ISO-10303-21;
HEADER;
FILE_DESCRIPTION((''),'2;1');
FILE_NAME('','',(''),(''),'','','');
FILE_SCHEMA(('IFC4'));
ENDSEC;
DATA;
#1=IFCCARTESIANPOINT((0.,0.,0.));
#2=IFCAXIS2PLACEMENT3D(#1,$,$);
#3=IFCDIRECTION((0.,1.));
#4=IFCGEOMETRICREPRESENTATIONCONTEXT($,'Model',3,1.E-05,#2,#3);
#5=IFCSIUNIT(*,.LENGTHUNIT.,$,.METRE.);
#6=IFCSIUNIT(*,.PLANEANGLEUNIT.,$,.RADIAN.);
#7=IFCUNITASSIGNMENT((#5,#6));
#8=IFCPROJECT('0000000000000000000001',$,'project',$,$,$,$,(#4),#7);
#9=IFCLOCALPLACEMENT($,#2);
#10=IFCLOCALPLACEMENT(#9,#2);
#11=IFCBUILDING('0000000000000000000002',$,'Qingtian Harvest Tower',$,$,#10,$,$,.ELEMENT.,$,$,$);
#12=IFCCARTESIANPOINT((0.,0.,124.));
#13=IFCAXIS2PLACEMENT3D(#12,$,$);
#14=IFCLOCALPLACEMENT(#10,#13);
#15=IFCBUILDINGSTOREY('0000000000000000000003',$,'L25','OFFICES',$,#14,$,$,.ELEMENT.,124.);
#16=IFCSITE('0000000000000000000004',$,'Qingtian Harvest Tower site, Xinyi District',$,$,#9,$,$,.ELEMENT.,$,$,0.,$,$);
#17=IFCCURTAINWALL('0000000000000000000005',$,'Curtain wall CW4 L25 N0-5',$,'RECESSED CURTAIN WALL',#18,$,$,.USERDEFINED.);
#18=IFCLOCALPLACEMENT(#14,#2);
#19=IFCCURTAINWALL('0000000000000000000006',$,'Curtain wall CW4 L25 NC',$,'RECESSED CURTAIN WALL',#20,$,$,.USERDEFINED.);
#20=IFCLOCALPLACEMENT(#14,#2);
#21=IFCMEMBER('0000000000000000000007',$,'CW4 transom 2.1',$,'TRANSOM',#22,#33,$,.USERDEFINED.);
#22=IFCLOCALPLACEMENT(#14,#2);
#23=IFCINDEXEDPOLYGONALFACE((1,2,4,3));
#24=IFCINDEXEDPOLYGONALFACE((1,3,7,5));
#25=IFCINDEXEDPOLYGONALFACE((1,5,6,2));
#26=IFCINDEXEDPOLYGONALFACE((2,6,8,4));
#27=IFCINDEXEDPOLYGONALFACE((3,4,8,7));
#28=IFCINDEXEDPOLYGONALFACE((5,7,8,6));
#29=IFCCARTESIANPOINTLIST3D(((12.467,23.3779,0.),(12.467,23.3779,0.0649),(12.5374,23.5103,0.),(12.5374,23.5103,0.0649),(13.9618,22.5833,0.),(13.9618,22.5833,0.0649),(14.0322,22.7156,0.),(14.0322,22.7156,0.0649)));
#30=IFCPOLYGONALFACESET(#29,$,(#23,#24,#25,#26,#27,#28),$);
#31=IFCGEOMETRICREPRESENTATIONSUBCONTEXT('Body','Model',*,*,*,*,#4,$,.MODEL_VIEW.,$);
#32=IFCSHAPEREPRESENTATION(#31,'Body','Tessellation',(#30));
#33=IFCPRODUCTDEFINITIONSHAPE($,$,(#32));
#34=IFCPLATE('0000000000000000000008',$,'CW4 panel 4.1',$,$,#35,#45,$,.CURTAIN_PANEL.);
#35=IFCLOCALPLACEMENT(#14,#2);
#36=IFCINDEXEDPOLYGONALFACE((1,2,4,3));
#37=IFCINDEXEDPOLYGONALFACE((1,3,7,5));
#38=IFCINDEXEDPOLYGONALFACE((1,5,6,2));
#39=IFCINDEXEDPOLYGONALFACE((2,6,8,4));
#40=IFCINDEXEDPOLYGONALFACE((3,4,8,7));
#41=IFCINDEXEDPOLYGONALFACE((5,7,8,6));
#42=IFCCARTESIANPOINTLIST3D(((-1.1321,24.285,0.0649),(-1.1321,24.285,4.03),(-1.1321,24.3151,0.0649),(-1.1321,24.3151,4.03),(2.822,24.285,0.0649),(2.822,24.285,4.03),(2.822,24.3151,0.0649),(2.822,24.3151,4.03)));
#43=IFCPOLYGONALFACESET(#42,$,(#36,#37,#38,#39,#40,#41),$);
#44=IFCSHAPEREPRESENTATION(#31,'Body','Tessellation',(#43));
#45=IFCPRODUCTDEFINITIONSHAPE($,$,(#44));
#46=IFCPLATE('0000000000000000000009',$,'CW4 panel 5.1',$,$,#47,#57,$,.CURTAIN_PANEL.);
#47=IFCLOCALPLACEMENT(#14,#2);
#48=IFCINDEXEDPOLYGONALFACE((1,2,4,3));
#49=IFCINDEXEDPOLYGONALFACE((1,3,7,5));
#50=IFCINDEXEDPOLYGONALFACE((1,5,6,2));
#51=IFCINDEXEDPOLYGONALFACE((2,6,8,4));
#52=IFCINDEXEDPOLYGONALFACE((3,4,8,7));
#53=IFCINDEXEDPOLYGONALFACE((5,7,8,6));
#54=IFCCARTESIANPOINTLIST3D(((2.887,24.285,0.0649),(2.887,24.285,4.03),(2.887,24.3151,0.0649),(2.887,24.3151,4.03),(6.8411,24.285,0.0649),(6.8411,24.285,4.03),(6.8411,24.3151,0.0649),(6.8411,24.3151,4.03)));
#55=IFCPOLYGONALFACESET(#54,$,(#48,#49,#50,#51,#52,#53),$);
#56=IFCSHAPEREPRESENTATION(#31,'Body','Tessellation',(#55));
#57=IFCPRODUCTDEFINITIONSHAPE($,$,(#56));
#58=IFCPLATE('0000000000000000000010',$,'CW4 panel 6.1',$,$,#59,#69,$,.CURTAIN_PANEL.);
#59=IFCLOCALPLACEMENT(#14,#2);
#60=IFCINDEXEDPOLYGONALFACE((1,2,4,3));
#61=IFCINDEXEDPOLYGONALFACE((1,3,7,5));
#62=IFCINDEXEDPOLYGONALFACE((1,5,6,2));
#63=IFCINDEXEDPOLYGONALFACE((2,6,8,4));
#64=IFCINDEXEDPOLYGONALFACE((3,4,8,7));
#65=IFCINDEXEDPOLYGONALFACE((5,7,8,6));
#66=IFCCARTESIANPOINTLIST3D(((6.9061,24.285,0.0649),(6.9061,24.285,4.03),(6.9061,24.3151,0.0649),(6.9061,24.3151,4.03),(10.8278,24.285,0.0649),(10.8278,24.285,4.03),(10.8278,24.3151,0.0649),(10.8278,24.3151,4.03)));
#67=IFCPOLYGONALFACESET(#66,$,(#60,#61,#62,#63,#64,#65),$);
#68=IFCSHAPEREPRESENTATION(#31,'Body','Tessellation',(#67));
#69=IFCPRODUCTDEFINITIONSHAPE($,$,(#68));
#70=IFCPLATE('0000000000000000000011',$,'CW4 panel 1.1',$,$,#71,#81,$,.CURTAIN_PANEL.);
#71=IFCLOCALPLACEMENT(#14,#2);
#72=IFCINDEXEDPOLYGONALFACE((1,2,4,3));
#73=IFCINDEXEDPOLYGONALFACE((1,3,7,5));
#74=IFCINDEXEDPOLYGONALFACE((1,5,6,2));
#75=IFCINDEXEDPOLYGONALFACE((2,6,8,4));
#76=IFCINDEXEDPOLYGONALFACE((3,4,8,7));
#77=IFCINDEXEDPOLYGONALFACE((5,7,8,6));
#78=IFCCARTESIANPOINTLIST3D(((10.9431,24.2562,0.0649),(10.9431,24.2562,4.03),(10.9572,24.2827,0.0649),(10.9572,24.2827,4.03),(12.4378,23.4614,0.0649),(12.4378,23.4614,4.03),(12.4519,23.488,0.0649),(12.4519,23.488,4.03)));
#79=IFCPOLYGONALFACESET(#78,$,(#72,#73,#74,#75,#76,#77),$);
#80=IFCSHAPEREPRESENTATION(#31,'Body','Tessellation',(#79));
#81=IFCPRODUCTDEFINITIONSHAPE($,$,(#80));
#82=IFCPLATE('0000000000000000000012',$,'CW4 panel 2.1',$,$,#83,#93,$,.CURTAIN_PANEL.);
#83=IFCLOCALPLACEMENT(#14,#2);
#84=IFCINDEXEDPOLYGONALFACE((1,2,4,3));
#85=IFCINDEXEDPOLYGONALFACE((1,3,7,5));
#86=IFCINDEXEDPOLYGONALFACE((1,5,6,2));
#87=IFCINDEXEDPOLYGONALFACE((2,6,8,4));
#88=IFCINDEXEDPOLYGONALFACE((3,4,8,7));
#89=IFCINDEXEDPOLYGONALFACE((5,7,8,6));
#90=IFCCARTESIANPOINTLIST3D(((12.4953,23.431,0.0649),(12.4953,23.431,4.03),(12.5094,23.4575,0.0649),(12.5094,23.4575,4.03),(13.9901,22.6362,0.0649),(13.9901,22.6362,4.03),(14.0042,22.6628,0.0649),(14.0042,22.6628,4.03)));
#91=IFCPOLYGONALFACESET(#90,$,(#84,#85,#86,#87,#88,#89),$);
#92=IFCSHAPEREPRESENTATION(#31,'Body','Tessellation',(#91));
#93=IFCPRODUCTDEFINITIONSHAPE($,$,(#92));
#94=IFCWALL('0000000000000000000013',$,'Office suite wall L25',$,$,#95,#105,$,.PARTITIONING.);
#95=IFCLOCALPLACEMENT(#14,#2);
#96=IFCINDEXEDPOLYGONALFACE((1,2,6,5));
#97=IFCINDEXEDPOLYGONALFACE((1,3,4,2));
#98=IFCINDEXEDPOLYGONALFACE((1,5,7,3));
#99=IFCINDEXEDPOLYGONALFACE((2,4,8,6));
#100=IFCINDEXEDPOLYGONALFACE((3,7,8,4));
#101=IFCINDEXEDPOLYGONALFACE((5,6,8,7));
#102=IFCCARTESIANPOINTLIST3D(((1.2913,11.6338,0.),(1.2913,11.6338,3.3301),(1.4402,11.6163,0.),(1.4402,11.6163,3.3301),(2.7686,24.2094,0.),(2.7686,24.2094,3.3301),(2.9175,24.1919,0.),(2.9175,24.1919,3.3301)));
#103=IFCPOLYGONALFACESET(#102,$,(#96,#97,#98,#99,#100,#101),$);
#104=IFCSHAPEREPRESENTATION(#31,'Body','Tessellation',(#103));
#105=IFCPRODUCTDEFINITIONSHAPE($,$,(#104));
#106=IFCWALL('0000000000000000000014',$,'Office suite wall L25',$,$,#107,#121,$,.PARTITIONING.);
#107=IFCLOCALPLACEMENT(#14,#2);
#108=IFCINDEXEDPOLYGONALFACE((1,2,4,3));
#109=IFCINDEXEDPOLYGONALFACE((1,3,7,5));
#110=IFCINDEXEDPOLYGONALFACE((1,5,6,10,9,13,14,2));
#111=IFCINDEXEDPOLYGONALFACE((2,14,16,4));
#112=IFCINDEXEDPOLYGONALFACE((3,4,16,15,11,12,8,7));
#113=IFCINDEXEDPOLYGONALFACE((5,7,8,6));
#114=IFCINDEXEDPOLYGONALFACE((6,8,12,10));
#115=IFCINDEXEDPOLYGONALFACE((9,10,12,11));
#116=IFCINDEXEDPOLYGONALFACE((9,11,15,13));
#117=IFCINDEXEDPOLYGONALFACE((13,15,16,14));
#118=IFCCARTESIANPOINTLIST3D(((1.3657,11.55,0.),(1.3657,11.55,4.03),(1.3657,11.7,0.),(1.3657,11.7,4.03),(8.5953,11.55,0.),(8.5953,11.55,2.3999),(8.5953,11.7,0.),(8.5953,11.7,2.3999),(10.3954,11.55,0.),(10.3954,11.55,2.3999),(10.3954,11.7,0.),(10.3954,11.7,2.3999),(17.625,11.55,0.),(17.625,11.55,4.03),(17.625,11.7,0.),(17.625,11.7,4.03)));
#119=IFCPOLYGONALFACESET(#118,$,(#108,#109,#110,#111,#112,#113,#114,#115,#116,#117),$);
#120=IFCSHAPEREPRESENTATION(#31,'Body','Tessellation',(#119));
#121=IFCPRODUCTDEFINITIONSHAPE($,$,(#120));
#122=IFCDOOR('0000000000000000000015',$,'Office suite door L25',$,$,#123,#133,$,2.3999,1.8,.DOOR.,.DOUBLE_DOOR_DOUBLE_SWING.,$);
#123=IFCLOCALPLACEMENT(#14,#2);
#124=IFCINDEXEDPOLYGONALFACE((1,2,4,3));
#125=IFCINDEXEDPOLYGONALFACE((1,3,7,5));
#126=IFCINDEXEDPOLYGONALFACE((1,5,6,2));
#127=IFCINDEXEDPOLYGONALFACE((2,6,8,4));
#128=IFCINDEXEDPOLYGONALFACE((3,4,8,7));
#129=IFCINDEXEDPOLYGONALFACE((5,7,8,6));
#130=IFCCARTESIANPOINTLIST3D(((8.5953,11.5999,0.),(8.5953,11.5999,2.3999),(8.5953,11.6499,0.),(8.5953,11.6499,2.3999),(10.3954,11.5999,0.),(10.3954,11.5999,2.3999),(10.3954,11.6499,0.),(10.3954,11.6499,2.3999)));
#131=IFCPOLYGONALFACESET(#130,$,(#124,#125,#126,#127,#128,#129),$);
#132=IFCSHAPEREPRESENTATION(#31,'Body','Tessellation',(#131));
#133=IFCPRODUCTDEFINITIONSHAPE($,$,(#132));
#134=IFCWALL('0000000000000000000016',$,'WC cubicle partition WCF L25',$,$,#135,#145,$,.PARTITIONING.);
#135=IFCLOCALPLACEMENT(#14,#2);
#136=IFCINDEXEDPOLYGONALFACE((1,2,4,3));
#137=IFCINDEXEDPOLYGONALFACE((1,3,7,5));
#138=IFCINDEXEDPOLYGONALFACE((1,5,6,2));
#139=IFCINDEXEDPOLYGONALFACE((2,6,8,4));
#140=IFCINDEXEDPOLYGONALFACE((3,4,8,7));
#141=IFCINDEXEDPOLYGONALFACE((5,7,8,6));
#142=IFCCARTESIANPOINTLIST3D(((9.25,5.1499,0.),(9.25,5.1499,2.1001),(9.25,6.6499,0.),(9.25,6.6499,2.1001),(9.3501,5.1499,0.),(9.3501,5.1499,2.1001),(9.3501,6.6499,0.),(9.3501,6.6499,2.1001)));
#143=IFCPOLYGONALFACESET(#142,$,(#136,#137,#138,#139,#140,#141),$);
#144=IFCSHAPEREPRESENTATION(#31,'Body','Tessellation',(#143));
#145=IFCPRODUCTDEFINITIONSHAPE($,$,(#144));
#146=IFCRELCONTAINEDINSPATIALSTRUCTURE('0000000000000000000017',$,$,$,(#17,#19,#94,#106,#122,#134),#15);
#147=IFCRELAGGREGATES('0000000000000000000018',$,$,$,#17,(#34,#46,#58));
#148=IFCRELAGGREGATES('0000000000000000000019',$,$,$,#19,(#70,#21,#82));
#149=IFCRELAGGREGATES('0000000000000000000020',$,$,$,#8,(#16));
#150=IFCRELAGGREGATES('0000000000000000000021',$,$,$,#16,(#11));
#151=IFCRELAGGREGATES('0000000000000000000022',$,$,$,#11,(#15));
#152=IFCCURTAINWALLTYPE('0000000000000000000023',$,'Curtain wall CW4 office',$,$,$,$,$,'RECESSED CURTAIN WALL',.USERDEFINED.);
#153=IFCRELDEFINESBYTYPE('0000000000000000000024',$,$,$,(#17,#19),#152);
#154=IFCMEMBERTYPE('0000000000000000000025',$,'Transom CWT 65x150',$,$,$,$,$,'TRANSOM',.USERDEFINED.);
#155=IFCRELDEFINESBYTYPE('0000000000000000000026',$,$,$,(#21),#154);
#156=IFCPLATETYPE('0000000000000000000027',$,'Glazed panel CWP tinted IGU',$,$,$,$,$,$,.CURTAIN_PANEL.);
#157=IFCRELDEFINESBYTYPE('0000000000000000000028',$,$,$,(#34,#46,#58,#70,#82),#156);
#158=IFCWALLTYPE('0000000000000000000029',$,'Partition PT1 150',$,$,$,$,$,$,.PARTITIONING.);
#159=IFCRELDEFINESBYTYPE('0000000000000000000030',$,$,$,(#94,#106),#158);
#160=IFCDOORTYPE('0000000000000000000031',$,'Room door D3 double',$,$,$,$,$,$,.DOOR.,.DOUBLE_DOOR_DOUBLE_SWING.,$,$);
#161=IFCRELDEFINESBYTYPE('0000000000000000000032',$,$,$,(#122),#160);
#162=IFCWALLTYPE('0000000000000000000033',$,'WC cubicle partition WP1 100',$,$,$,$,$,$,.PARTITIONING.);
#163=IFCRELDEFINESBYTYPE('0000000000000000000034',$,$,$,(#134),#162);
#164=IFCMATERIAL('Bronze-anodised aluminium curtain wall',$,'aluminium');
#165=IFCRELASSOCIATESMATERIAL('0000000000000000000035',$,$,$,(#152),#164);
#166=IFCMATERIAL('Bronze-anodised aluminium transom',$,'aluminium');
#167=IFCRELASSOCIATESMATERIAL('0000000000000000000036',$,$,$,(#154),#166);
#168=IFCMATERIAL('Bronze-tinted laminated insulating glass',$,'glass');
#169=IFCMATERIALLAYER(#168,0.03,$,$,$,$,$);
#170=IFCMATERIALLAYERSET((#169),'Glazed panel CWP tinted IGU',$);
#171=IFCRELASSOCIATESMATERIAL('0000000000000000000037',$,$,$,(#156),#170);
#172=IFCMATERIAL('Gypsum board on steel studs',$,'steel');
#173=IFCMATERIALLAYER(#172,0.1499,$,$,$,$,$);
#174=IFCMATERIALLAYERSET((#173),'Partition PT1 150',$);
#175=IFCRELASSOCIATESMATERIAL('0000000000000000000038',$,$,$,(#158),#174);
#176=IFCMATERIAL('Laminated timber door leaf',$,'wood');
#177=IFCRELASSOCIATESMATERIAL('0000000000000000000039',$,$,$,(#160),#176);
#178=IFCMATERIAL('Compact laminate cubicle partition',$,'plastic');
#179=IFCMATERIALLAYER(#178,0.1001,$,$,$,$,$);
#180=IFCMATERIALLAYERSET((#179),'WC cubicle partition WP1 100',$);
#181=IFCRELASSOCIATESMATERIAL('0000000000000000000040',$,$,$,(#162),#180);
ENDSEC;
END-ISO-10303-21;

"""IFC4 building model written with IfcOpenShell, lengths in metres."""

from ifc_helpers import new_model, si_unit, direction, frame, frame_2d, origin, origin_2d, place, context, subcontext, project, spatial, rectangle, extrude, material, layer, layer_set, material_profile, profile_set, type_object, element, fill, aggregate, save


model = new_model("IFC4")

# Units and contexts
model_context = context("Model", 3, precision=1e-05, world=origin(), true_north=direction((0.0, 1.0)))
body_context = subcontext(model_context, "Body", "Model", "MODEL_VIEW")
ifc_project = project(units=[si_unit("LENGTHUNIT", "METRE"), si_unit("PLANEANGLEUNIT", "RADIAN")], contexts=[model_context])

# Site, building, storey
site_placement = place(None, origin())
site = spatial("IfcSite", under=ifc_project, at=site_placement, Name="Qingtian Harvest Tower site, Xinyi District", CompositionType="ELEMENT", RefElevation=0.0)
building_placement = place(site_placement, origin())
building = spatial("IfcBuilding", under=site, at=building_placement, Name="Qingtian Harvest Tower", CompositionType="ELEMENT")
storey_placement = place(building_placement, frame((0.0, 0.0, 124.0)))
storey = spatial("IfcBuildingStorey", under=building, at=storey_placement, Name="L25", Description="OFFICES", CompositionType="ELEMENT", Elevation=124.0)

# Curtain walls
ifc_material_1 = material(Name="Bronze-anodised aluminium curtain wall", Category="aluminium")
curtain_wall_type = type_object("IfcCurtainWallType", Name="Curtain wall CW4 office", ElementType="RECESSED CURTAIN WALL", PredefinedType="USERDEFINED", material=ifc_material_1)
curtain_wall_1_placement = place(storey_placement, origin())
curtain_wall_1 = element("IfcCurtainWall", 1, at=curtain_wall_1_placement, inside=storey, type_object=curtain_wall_type, Name="Curtain wall CW4 L25 N0-5", ObjectType="RECESSED CURTAIN WALL", PredefinedType="USERDEFINED")
curtain_wall_2_placement = place(storey_placement, origin())
curtain_wall_2 = element("IfcCurtainWall", 2, at=curtain_wall_2_placement, inside=storey, type_object=curtain_wall_type, Name="Curtain wall CW4 L25 NC", ObjectType="RECESSED CURTAIN WALL", PredefinedType="USERDEFINED")

# Member
ifc_material_2 = material(Name="Bronze-anodised aluminium transom", Category="aluminium")
ifc_material_profile_1 = material_profile(ifc_material_2, rectangle(XDim=0.1499, YDim=0.0649, at=origin_2d()), Name="AL 65x150")
ifc_profile_set_1 = profile_set([ifc_material_profile_1], Name="Bronze-anodised aluminium transom")
member_type_1 = type_object("IfcMemberType", Name="Transom CWT 65x150", ElementType="TRANSOM", PredefinedType="USERDEFINED", material=ifc_profile_set_1)
member_1_placement = place(storey_placement, frame((12.5022, 23.4441, 0.0325), z_axis=(0.882987, -0.469398, 0.0), x_axis=(0.469398, 0.882987, 0.0)))
member_1 = element("IfcMember", 3, at=member_1_placement, type_object=member_type_1, Name="CW4 transom 2.1", ObjectType="TRANSOM", PredefinedType="USERDEFINED", context=body_context, shape_type="SweptSolid", body=[
    extrude(rectangle(XDim=0.1499, YDim=0.0649, at=origin_2d()), origin(), (0.0, 0.0, 1.0), 1.6929),
])

# Plates
ifc_material_3 = material(Name="Bronze-tinted laminated insulating glass", Category="glass")
ifc_layer_1 = layer(ifc_material_3, 0.03)
ifc_layer_set_1 = layer_set([ifc_layer_1], Name="Glazed panel CWP tinted IGU")
plate_type = type_object("IfcPlateType", Name="Glazed panel CWP tinted IGU", PredefinedType="CURTAIN_PANEL", material=ifc_layer_set_1)
plate_1_placement = place(storey_placement, frame((0.845, 24.3, 0.0649), z_axis=(0.0, 0.0, 1.0), x_axis=(1.0, 0.0, 0.0)))
plate_1 = element("IfcPlate", 4, at=plate_1_placement, type_object=plate_type, Name="CW4 panel 4.1", PredefinedType="CURTAIN_PANEL", context=body_context, shape_type="SweptSolid", body=[
    extrude(rectangle(XDim=3.9541, YDim=0.03, at=origin_2d()), origin(), (0.0, 0.0, 1.0), 3.9651),
])
plate_2_placement = place(storey_placement, frame((4.864, 24.3, 0.0649), z_axis=(0.0, 0.0, 1.0), x_axis=(1.0, 0.0, 0.0)))
plate_2 = element("IfcPlate", 5, at=plate_2_placement, type_object=plate_type, Name="CW4 panel 5.1", PredefinedType="CURTAIN_PANEL", context=body_context, shape_type="SweptSolid", body=[
    extrude(rectangle(XDim=3.9541, YDim=0.03, at=origin_2d()), origin(), (0.0, 0.0, 1.0), 3.9651),
])
plate_3_placement = place(storey_placement, frame((8.8669, 24.3, 0.0649), z_axis=(0.0, 0.0, 1.0), x_axis=(1.0, 0.0, 0.0)))
plate_3 = element("IfcPlate", 6, at=plate_3_placement, type_object=plate_type, Name="CW4 panel 6.1", PredefinedType="CURTAIN_PANEL", context=body_context, shape_type="SweptSolid", body=[
    extrude(rectangle(XDim=3.9216, YDim=0.03, at=origin_2d()), origin(), (0.0, 0.0, 1.0), 3.9651),
])
aggregate(curtain_wall_1, [plate_1, plate_2, plate_3])
plate_4_placement = place(storey_placement, frame((11.6975, 23.8721, 0.0649), z_axis=(0.0, 0.0, 1.0), x_axis=(0.882948, -0.469472, 0.0)))
plate_4 = element("IfcPlate", 7, at=plate_4_placement, type_object=plate_type, Name="CW4 panel 1.1", PredefinedType="CURTAIN_PANEL", context=body_context, shape_type="SweptSolid", body=[
    extrude(rectangle(XDim=1.6929, YDim=0.03, at=origin_2d()), origin(), (0.0, 0.0, 1.0), 3.9651),
])
plate_5_placement = place(storey_placement, frame((13.2498, 23.0469, 0.0649), z_axis=(0.0, 0.0, 1.0), x_axis=(0.882948, -0.469472, 0.0)))
plate_5 = element("IfcPlate", 8, at=plate_5_placement, type_object=plate_type, Name="CW4 panel 2.1", PredefinedType="CURTAIN_PANEL", context=body_context, shape_type="SweptSolid", body=[
    extrude(rectangle(XDim=1.6929, YDim=0.03, at=origin_2d()), origin(), (0.0, 0.0, 1.0), 3.9651),
])
aggregate(curtain_wall_2, [plate_4, member_1, plate_5])

# Wall
ifc_material_4 = material(Name="Gypsum board on steel studs", Category="steel")
ifc_layer_2 = layer(ifc_material_4, 0.1499)
ifc_layer_set_2 = layer_set([ifc_layer_2], Name="Partition PT1 150")
wall_type_1 = type_object("IfcWallType", Name="Partition PT1 150", PredefinedType="PARTITIONING", material=ifc_layer_set_2)
wall_1_placement = place(storey_placement, frame((2.843, 24.2007, 0.0), z_axis=(0.0, 0.0, 1.0), x_axis=(-0.11667, -0.993171, 0.0)))
element("IfcWall", 9, at=wall_1_placement, inside=storey, type_object=wall_type_1, Name="Office suite wall L25", PredefinedType="PARTITIONING", context=body_context, shape_type="SweptSolid", body=[
    extrude(rectangle(XDim=12.6621, YDim=0.1499, at=frame_2d((6.3311, 0.0))), origin(), (0.0, 0.0, 1.0), 3.3301),
])

# Wall, opening, door
wall_2_placement = place(storey_placement, frame((1.3657, 11.625, 0.0), z_axis=(0.0, 0.0, 1.0), x_axis=(1.0, 0.0, 0.0)))
wall_2 = element("IfcWall", 10, at=wall_2_placement, inside=storey, type_object=wall_type_1, Name="Office suite wall L25", PredefinedType="PARTITIONING", context=body_context, shape_type="SweptSolid", body=[
    extrude(rectangle(XDim=16.2593, YDim=0.1499, at=frame_2d((8.1296, 0.0))), origin(), (0.0, 0.0, 1.0), 4.03),
])
opening_placement = place(wall_2_placement, frame((7.2297, 0.0, 0.0)))
opening = element("IfcOpeningElement", 11, at=opening_placement, cuts=wall_2, PredefinedType="OPENING", context=body_context, shape_type="SweptSolid", body=[
    extrude(rectangle(XDim=1.8, YDim=2.3999, at=frame_2d((0.8999, 1.2))), frame((0.0, 0.085, 0.0), z_axis=(0.0, -1.0, 0.0), x_axis=(1.0, 0.0, 0.0)), (0.0, 0.0, 1.0), 0.1699),
])
ifc_material_5 = material(Name="Laminated timber door leaf", Category="wood")
door_type = type_object("IfcDoorType", Name="Room door D3 double", OperationType="DOUBLE_DOOR_DOUBLE_SWING", PredefinedType="DOOR", material=ifc_material_5)
door_placement = place(opening_placement, origin())
door = element("IfcDoor", 12, at=door_placement, inside=storey, type_object=door_type, Name="Office suite door L25", OperationType="DOUBLE_DOOR_DOUBLE_SWING", OverallHeight=2.3999, OverallWidth=1.8, PredefinedType="DOOR", context=body_context, shape_type="SweptSolid", body=[
    extrude(rectangle(XDim=1.8, YDim=2.3999, at=frame_2d((0.8999, 1.2))), frame((0.0, 0.0249, 0.0), z_axis=(0.0, -1.0, 0.0), x_axis=(1.0, 0.0, 0.0)), (0.0, 0.0, 1.0), 0.05),
])
fill(opening, door)

# Wall
ifc_material_6 = material(Name="Compact laminate cubicle partition", Category="plastic")
ifc_layer_3 = layer(ifc_material_6, 0.1001)
ifc_layer_set_3 = layer_set([ifc_layer_3], Name="WC cubicle partition WP1 100")
wall_type_2 = type_object("IfcWallType", Name="WC cubicle partition WP1 100", PredefinedType="PARTITIONING", material=ifc_layer_set_3)
wall_3_placement = place(storey_placement, frame((9.3, 5.1499, 0.0), z_axis=(0.0, 0.0, 1.0), x_axis=(0.0, 1.0, 0.0)))
element("IfcWall", 13, at=wall_3_placement, inside=storey, type_object=wall_type_2, Name="WC cubicle partition WCF L25", PredefinedType="PARTITIONING", context=body_context, shape_type="SweptSolid", body=[
    extrude(rectangle(XDim=1.5, YDim=0.1001, at=frame_2d((0.75, 0.0))), origin(), (0.0, 0.0, 1.0), 2.1001),
])

save(model, "model.ifc")
